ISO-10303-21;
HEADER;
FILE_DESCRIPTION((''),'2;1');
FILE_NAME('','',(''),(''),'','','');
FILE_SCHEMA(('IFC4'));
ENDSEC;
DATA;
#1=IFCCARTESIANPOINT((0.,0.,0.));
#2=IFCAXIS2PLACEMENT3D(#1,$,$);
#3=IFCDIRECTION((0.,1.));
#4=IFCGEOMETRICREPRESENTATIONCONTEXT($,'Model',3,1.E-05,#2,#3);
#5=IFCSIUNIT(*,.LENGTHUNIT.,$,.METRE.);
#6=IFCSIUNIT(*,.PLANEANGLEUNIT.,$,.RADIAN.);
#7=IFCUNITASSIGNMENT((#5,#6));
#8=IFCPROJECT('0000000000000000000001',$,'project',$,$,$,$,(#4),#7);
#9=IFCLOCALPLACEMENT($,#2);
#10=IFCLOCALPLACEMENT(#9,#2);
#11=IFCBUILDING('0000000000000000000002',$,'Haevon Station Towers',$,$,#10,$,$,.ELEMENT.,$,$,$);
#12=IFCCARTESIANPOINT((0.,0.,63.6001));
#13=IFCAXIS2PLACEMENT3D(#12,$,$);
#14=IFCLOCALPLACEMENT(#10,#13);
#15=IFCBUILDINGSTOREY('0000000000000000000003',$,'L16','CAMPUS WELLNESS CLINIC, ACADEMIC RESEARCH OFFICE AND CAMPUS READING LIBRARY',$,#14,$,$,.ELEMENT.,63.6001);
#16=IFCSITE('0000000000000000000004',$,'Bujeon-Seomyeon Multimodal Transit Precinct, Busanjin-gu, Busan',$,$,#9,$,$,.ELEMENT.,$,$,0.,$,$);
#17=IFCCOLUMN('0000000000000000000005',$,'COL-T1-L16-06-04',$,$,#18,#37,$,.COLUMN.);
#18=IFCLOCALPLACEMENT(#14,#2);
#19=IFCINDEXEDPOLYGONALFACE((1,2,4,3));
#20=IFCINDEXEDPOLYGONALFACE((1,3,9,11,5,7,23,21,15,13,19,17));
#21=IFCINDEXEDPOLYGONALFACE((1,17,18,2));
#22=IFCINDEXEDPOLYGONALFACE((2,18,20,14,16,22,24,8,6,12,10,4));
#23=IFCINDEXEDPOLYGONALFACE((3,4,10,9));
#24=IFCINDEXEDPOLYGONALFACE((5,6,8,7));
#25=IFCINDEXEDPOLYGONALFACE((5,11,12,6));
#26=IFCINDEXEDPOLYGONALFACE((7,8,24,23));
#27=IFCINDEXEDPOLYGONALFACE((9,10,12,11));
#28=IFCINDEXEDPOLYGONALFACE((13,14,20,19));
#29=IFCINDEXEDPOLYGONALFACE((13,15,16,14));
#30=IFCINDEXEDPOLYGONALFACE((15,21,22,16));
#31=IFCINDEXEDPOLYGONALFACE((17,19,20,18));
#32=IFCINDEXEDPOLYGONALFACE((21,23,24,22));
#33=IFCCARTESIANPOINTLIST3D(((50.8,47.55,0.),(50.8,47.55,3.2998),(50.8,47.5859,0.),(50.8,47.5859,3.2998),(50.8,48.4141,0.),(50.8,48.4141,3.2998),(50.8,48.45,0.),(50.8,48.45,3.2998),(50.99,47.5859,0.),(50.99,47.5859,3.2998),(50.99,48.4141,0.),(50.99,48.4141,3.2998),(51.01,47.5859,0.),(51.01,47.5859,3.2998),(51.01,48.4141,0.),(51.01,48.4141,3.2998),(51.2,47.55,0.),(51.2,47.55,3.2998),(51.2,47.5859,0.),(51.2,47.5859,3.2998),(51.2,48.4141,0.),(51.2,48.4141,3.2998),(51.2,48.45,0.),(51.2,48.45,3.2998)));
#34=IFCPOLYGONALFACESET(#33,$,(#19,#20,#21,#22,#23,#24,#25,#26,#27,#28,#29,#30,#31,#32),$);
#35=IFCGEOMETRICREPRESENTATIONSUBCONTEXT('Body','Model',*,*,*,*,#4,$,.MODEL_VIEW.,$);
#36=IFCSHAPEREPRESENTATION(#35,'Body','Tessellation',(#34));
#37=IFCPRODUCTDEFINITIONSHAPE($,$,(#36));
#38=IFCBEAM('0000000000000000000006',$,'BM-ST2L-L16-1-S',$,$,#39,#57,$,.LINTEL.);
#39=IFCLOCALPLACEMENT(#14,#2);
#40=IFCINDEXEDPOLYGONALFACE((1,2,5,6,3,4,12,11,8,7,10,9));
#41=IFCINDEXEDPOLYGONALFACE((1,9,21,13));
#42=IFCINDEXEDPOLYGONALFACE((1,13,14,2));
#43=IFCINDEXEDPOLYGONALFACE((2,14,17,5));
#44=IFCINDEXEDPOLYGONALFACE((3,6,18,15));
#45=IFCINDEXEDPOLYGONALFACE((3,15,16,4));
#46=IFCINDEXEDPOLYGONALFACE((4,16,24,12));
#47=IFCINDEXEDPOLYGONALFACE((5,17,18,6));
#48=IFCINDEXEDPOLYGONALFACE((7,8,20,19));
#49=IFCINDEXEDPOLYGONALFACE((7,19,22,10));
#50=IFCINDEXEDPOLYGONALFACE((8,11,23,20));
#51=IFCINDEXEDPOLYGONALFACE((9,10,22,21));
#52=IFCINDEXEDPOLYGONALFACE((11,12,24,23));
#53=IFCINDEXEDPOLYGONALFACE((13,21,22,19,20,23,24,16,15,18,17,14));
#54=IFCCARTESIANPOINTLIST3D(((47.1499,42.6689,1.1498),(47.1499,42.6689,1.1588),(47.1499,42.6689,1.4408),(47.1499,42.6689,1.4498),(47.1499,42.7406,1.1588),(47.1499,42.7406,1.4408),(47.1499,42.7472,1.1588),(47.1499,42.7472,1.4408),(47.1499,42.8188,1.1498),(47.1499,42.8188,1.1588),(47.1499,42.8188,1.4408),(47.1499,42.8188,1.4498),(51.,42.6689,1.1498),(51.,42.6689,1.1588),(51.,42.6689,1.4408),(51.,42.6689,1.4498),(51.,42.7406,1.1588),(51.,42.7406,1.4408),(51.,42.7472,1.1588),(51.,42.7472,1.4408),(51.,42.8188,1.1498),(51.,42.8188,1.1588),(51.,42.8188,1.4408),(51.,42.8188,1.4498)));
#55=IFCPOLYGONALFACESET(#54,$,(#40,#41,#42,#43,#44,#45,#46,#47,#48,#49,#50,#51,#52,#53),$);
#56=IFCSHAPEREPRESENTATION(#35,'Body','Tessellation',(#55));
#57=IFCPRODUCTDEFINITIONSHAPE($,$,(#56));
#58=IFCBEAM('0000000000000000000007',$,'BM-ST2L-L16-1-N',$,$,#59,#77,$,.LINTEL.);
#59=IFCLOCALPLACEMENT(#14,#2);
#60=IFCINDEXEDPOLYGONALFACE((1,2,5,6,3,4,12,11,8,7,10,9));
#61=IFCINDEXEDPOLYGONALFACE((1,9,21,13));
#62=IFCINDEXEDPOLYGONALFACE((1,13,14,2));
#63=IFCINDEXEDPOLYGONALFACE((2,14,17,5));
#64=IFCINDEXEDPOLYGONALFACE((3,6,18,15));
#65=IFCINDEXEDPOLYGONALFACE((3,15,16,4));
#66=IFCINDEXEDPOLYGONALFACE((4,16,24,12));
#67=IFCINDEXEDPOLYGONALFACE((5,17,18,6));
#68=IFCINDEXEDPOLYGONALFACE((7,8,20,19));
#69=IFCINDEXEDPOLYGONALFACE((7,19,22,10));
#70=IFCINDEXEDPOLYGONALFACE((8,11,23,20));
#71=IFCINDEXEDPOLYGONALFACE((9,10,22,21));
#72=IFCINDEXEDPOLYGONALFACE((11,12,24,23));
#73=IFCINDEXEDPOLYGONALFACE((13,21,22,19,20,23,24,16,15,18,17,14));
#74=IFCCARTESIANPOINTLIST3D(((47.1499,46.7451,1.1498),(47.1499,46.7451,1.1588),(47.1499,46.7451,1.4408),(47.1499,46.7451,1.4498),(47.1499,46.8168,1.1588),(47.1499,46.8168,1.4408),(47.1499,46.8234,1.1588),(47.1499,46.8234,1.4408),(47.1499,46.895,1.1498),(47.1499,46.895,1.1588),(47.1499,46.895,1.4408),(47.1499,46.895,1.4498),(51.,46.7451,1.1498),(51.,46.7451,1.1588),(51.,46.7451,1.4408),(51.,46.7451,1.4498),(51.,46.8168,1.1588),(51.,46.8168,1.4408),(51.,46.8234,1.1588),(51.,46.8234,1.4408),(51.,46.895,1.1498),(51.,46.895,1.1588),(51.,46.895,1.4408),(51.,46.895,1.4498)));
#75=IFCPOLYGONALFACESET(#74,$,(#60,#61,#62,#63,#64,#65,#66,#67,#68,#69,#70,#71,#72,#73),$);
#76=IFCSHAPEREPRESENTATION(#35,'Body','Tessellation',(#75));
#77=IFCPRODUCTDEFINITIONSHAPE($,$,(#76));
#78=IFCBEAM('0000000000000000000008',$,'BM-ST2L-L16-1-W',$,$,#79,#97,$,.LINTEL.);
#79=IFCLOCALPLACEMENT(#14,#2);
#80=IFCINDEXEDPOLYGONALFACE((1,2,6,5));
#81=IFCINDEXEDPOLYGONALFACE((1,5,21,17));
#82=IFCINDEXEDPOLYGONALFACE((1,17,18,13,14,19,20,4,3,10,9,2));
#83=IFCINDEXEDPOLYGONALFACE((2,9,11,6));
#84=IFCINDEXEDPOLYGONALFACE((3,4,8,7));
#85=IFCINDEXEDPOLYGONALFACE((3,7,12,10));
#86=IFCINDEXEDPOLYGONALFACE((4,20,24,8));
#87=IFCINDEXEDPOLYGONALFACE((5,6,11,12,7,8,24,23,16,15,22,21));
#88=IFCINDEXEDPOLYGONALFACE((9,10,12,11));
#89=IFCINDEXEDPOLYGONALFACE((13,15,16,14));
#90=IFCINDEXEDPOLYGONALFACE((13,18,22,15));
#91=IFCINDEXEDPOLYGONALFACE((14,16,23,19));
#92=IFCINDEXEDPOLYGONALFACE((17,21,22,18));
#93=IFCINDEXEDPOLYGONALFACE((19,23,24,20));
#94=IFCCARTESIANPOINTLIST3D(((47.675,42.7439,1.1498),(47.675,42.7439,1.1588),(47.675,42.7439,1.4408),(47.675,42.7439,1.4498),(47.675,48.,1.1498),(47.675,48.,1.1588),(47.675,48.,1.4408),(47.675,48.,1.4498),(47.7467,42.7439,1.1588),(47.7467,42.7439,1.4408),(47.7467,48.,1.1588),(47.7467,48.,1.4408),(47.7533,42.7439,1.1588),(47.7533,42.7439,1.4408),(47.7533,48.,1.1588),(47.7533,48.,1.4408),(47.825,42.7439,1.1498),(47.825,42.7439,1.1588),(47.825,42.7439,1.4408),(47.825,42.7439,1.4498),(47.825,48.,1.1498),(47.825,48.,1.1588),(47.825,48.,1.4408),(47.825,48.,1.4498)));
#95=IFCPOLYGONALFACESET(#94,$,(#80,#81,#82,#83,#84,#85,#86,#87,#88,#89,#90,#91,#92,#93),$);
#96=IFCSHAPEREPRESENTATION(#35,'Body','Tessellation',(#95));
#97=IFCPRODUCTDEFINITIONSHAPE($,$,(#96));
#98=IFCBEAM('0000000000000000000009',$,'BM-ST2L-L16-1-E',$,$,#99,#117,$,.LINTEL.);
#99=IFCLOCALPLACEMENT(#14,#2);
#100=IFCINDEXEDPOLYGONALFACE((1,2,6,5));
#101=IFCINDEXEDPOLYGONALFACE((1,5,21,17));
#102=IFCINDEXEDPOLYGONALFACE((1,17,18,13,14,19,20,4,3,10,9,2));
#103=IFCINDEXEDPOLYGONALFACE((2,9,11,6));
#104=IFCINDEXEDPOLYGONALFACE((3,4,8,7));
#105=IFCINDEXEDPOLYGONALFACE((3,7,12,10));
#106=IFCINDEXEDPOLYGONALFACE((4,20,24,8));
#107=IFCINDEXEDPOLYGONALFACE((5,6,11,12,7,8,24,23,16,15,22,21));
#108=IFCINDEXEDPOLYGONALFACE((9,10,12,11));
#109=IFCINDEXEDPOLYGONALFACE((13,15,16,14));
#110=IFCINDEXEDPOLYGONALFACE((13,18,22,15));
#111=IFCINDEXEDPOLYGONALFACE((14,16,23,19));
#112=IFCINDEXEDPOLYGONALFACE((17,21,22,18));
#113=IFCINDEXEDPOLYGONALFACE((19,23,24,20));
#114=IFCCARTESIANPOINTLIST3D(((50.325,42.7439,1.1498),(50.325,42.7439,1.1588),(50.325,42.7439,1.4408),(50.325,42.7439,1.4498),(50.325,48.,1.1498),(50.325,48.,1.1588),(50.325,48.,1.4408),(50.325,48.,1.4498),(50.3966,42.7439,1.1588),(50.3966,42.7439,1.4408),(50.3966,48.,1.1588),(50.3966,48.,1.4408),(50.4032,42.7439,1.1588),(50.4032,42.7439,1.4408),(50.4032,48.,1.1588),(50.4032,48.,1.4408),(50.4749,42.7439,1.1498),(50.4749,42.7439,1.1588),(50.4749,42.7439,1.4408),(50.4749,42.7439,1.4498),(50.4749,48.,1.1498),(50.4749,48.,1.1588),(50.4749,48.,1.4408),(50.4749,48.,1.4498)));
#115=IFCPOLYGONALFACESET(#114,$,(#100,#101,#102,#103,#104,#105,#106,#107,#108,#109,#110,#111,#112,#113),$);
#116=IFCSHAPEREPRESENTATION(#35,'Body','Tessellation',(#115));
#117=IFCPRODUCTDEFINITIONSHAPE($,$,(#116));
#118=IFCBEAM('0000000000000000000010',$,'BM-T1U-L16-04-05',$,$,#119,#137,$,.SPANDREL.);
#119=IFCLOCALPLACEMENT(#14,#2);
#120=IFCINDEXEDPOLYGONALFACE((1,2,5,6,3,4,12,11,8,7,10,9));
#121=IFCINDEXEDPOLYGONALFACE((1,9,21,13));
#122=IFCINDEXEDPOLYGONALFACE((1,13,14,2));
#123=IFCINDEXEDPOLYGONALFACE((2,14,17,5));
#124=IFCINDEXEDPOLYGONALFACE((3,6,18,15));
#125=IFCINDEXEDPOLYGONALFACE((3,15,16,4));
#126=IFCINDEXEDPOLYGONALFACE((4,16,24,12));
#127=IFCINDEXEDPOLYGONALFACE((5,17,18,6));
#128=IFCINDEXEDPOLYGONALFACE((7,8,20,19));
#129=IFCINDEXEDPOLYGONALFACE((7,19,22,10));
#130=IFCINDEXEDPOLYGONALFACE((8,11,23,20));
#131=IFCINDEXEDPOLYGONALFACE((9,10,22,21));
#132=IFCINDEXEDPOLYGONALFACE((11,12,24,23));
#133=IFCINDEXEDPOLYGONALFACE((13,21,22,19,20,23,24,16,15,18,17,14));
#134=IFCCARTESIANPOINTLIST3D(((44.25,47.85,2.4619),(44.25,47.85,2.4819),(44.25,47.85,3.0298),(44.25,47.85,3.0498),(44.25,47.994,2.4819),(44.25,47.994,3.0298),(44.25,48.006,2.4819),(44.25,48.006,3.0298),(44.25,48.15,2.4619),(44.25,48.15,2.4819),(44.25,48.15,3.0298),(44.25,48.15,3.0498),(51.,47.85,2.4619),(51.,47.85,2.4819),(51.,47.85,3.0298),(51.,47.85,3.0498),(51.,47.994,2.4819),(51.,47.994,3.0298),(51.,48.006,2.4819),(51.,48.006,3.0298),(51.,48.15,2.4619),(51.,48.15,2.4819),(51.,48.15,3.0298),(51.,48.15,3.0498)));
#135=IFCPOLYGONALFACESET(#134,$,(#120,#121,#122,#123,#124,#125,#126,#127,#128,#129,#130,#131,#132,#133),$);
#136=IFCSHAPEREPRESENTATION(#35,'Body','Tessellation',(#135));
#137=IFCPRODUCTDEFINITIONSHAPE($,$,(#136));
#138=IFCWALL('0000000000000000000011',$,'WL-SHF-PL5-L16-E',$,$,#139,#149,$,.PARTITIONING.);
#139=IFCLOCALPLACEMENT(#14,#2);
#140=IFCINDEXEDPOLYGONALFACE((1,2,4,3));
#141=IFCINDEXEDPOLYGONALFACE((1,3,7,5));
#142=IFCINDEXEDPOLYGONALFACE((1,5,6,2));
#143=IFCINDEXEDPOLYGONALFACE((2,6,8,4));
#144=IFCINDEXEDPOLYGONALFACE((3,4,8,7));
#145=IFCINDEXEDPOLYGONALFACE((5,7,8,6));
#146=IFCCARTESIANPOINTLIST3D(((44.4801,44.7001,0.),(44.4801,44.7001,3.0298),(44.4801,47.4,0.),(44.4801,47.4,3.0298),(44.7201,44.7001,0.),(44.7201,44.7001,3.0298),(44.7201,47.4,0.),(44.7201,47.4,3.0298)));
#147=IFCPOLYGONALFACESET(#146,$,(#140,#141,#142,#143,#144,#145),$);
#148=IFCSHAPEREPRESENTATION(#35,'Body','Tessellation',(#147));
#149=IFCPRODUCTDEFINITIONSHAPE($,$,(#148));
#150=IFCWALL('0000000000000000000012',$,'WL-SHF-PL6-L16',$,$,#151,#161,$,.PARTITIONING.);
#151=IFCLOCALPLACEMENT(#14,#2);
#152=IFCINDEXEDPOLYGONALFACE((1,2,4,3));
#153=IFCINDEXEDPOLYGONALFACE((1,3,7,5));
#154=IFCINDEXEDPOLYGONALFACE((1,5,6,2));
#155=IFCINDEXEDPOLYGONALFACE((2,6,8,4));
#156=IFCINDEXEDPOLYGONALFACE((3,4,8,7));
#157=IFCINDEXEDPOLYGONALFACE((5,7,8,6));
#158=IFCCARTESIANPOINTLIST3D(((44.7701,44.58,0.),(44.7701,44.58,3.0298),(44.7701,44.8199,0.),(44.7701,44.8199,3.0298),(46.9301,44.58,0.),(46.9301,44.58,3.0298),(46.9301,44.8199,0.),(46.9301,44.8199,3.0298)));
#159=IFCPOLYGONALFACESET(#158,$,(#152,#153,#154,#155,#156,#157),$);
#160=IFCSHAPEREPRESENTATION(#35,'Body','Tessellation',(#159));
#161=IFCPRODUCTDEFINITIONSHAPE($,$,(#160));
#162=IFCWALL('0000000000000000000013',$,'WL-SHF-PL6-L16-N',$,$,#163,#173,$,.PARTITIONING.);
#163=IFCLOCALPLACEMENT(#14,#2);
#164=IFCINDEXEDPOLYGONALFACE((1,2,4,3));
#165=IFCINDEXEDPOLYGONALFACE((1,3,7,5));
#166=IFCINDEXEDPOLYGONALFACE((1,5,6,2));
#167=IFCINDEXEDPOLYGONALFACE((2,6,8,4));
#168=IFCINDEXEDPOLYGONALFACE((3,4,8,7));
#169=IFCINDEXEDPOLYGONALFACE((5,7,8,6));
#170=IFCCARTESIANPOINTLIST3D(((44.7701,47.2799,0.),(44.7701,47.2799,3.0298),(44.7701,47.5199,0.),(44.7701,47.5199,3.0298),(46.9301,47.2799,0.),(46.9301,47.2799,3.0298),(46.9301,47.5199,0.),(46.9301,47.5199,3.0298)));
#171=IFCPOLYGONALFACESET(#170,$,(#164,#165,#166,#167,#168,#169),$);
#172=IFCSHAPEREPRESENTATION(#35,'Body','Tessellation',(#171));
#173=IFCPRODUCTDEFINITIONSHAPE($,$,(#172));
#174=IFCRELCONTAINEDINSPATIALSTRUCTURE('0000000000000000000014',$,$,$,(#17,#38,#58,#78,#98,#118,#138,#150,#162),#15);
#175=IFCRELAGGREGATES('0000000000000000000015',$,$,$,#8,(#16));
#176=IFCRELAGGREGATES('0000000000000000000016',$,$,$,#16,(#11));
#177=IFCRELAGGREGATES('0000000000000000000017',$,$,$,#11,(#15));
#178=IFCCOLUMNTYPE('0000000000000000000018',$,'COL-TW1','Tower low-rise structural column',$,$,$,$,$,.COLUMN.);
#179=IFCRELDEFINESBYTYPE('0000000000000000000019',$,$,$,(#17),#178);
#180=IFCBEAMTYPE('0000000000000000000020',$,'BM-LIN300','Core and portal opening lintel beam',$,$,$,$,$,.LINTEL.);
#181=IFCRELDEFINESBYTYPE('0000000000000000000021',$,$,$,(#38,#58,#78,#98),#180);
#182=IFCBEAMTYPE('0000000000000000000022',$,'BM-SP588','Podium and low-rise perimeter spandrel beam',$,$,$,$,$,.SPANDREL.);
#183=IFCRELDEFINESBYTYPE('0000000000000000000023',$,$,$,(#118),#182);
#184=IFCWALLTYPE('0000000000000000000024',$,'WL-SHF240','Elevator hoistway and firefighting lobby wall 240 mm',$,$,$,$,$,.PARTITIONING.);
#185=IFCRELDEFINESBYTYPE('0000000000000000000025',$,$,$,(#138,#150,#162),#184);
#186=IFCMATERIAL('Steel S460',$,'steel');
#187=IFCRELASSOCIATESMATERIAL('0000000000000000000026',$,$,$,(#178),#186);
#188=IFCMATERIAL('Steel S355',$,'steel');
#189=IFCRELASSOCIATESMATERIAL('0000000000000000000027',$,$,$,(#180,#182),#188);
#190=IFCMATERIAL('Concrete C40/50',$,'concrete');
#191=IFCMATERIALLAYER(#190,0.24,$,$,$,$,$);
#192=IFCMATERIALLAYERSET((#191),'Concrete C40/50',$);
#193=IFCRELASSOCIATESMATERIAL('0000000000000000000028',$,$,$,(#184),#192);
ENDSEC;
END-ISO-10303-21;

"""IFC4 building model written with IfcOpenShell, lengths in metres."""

from ifc_helpers import new_model, si_unit, direction, frame, frame_2d, origin, origin_2d, place, context, subcontext, project, spatial, rectangle, i_section, extrude, material, layer, layer_set, material_profile, profile_set, type_object, element, save


model = new_model("IFC4")

# Units and contexts
model_context = context("Model", 3, precision=1e-05, world=origin(), true_north=direction((0.0, 1.0)))
body_context = subcontext(model_context, "Body", "Model", "MODEL_VIEW")
ifc_project = project(units=[si_unit("LENGTHUNIT", "METRE"), si_unit("PLANEANGLEUNIT", "RADIAN")], contexts=[model_context])

# Site, building, storey
site_placement = place(None, origin())
site = spatial("IfcSite", under=ifc_project, at=site_placement, Name="Bujeon-Seomyeon Multimodal Transit Precinct, Busanjin-gu, Busan", CompositionType="ELEMENT", RefElevation=0.0)
building_placement = place(site_placement, origin())
building = spatial("IfcBuilding", under=site, at=building_placement, Name="Haevon Station Towers", CompositionType="ELEMENT")
storey_placement = place(building_placement, frame((0.0, 0.0, 63.6001)))
storey = spatial("IfcBuildingStorey", under=building, at=storey_placement, Name="L16", Description="CAMPUS WELLNESS CLINIC, ACADEMIC RESEARCH OFFICE AND CAMPUS READING LIBRARY", CompositionType="ELEMENT", Elevation=63.6001)

# Column
ifc_material_1 = material(Name="Steel S460", Category="steel")
ifc_material_profile_1 = material_profile(ifc_material_1, i_section(OverallWidth=0.3999, OverallDepth=0.8999, WebThickness=0.02, FlangeThickness=0.0359, at=origin_2d()), Name="H-900x400x20x36")
ifc_profile_set_1 = profile_set([ifc_material_profile_1], Name="Steel S460")
column_type = type_object("IfcColumnType", Name="COL-TW1", Description="Tower low-rise structural column", PredefinedType="COLUMN", material=ifc_profile_set_1)
column_placement = place(storey_placement, frame((51.0, 48.0, 0.0), z_axis=(0.0, 0.0, 1.0), x_axis=(1.0, 0.0, 0.0)))
element("IfcColumn", 1, at=column_placement, inside=storey, type_object=column_type, Name="COL-T1-L16-06-04", PredefinedType="COLUMN", context=body_context, shape_type="SweptSolid", body=[
    extrude(i_section(OverallWidth=0.3999, OverallDepth=0.8999, WebThickness=0.02, FlangeThickness=0.0359, at=origin_2d()), origin(), (0.0, 0.0, 1.0), 3.2998),
])

# Beams
ifc_material_2 = material(Name="Steel S355", Category="steel")
ifc_material_profile_2 = material_profile(ifc_material_2, i_section(OverallWidth=0.1499, OverallDepth=0.3, WebThickness=0.0066, FlangeThickness=0.009, at=origin_2d()), Name="H-300x150x6.5x9")
ifc_profile_set_2 = profile_set([ifc_material_profile_2], Name="Steel S355")
beam_type_1 = type_object("IfcBeamType", Name="BM-LIN300", Description="Core and portal opening lintel beam", PredefinedType="LINTEL", material=ifc_profile_set_2)
for number, where, z_axis, x_axis, name in (
    (2, (47.1499, 42.7439, 1.2998), (1.0, 0.0, 0.0), (0.0, 1.0, 0.0), "BM-ST2L-L16-1-S"),
    (3, (47.1499, 46.8201, 1.2998), (1.0, 0.0, 0.0), (0.0, 1.0, 0.0), "BM-ST2L-L16-1-N"),
):
    element("IfcBeam", number, at=place(storey_placement, frame(where, z_axis=z_axis, x_axis=x_axis)), inside=storey, type_object=beam_type_1, Name=name, PredefinedType="LINTEL", context=body_context, shape_type="SweptSolid", body=[
        extrude(i_section(OverallWidth=0.1499, OverallDepth=0.3, WebThickness=0.0066, FlangeThickness=0.009, at=origin_2d()), origin(), (0.0, 0.0, 1.0), 3.8501),
    ])
for number, where, z_axis, x_axis, name in (
    (4, (47.75, 42.7439, 1.2998), (0.0, 1.0, 0.0), (-1.0, 0.0, 0.0), "BM-ST2L-L16-1-W"),
    (5, (50.3999, 42.7439, 1.2998), (0.0, 1.0, 0.0), (-1.0, 0.0, 0.0), "BM-ST2L-L16-1-E"),
):
    element("IfcBeam", number, at=place(storey_placement, frame(where, z_axis=z_axis, x_axis=x_axis)), inside=storey, type_object=beam_type_1, Name=name, PredefinedType="LINTEL", context=body_context, shape_type="SweptSolid", body=[
        extrude(i_section(OverallWidth=0.1499, OverallDepth=0.3, WebThickness=0.0066, FlangeThickness=0.009, at=origin_2d()), origin(), (0.0, 0.0, 1.0), 5.2561),
    ])
ifc_material_profile_3 = material_profile(ifc_material_2, i_section(OverallWidth=0.3, OverallDepth=0.5879, WebThickness=0.012, FlangeThickness=0.02, at=origin_2d()), Name="H-588x300x12x20")
ifc_profile_set_3 = profile_set([ifc_material_profile_3], Name="Steel S355")
beam_type_2 = type_object("IfcBeamType", Name="BM-SP588", Description="Podium and low-rise perimeter spandrel beam", PredefinedType="SPANDREL", material=ifc_profile_set_3)
beam_placement = place(storey_placement, frame((44.25, 48.0, 2.7559), z_axis=(1.0, 0.0, 0.0), x_axis=(0.0, 1.0, 0.0)))
element("IfcBeam", 6, at=beam_placement, inside=storey, type_object=beam_type_2, Name="BM-T1U-L16-04-05", PredefinedType="SPANDREL", context=body_context, shape_type="SweptSolid", body=[
    extrude(i_section(OverallWidth=0.3, OverallDepth=0.5879, WebThickness=0.012, FlangeThickness=0.02, at=origin_2d()), origin(), (0.0, 0.0, 1.0), 6.75),
])

# Walls
ifc_material_3 = material(Name="Concrete C40/50", Category="concrete")
ifc_layer = layer(ifc_material_3, 0.24)
ifc_layer_set = layer_set([ifc_layer], Name="Concrete C40/50")
wall_type = type_object("IfcWallType", Name="WL-SHF240", Description="Elevator hoistway and firefighting lobby wall 240 mm", PredefinedType="PARTITIONING", material=ifc_layer_set)
wall_placement = place(storey_placement, frame((44.6001, 44.7, 0.0), z_axis=(0.0, 0.0, 1.0), x_axis=(0.0, 1.0, 0.0)))
element("IfcWall", 7, at=wall_placement, inside=storey, type_object=wall_type, Name="WL-SHF-PL5-L16-E", PredefinedType="PARTITIONING", context=body_context, shape_type="SweptSolid", body=[
    extrude(rectangle(XDim=2.7, YDim=0.24, at=frame_2d((1.3501, 0.0))), origin(), (0.0, 0.0, 1.0), 3.0298),
])
for number, where, z_axis, x_axis, name in (
    (8, (44.77, 44.7, 0.0), (0.0, 0.0, 1.0), (1.0, 0.0, 0.0), "WL-SHF-PL6-L16"),
    (9, (44.77, 47.3999, 0.0), (0.0, 0.0, 1.0), (1.0, 0.0, 0.0), "WL-SHF-PL6-L16-N"),
):
    element("IfcWall", number, at=place(storey_placement, frame(where, z_axis=z_axis, x_axis=x_axis)), inside=storey, type_object=wall_type, Name=name, PredefinedType="PARTITIONING", context=body_context, shape_type="SweptSolid", body=[
        extrude(rectangle(XDim=2.1599, YDim=0.24, at=frame_2d((1.0801, 0.0))), origin(), (0.0, 0.0, 1.0), 3.0298),
    ])

save(model, "model.ifc")
